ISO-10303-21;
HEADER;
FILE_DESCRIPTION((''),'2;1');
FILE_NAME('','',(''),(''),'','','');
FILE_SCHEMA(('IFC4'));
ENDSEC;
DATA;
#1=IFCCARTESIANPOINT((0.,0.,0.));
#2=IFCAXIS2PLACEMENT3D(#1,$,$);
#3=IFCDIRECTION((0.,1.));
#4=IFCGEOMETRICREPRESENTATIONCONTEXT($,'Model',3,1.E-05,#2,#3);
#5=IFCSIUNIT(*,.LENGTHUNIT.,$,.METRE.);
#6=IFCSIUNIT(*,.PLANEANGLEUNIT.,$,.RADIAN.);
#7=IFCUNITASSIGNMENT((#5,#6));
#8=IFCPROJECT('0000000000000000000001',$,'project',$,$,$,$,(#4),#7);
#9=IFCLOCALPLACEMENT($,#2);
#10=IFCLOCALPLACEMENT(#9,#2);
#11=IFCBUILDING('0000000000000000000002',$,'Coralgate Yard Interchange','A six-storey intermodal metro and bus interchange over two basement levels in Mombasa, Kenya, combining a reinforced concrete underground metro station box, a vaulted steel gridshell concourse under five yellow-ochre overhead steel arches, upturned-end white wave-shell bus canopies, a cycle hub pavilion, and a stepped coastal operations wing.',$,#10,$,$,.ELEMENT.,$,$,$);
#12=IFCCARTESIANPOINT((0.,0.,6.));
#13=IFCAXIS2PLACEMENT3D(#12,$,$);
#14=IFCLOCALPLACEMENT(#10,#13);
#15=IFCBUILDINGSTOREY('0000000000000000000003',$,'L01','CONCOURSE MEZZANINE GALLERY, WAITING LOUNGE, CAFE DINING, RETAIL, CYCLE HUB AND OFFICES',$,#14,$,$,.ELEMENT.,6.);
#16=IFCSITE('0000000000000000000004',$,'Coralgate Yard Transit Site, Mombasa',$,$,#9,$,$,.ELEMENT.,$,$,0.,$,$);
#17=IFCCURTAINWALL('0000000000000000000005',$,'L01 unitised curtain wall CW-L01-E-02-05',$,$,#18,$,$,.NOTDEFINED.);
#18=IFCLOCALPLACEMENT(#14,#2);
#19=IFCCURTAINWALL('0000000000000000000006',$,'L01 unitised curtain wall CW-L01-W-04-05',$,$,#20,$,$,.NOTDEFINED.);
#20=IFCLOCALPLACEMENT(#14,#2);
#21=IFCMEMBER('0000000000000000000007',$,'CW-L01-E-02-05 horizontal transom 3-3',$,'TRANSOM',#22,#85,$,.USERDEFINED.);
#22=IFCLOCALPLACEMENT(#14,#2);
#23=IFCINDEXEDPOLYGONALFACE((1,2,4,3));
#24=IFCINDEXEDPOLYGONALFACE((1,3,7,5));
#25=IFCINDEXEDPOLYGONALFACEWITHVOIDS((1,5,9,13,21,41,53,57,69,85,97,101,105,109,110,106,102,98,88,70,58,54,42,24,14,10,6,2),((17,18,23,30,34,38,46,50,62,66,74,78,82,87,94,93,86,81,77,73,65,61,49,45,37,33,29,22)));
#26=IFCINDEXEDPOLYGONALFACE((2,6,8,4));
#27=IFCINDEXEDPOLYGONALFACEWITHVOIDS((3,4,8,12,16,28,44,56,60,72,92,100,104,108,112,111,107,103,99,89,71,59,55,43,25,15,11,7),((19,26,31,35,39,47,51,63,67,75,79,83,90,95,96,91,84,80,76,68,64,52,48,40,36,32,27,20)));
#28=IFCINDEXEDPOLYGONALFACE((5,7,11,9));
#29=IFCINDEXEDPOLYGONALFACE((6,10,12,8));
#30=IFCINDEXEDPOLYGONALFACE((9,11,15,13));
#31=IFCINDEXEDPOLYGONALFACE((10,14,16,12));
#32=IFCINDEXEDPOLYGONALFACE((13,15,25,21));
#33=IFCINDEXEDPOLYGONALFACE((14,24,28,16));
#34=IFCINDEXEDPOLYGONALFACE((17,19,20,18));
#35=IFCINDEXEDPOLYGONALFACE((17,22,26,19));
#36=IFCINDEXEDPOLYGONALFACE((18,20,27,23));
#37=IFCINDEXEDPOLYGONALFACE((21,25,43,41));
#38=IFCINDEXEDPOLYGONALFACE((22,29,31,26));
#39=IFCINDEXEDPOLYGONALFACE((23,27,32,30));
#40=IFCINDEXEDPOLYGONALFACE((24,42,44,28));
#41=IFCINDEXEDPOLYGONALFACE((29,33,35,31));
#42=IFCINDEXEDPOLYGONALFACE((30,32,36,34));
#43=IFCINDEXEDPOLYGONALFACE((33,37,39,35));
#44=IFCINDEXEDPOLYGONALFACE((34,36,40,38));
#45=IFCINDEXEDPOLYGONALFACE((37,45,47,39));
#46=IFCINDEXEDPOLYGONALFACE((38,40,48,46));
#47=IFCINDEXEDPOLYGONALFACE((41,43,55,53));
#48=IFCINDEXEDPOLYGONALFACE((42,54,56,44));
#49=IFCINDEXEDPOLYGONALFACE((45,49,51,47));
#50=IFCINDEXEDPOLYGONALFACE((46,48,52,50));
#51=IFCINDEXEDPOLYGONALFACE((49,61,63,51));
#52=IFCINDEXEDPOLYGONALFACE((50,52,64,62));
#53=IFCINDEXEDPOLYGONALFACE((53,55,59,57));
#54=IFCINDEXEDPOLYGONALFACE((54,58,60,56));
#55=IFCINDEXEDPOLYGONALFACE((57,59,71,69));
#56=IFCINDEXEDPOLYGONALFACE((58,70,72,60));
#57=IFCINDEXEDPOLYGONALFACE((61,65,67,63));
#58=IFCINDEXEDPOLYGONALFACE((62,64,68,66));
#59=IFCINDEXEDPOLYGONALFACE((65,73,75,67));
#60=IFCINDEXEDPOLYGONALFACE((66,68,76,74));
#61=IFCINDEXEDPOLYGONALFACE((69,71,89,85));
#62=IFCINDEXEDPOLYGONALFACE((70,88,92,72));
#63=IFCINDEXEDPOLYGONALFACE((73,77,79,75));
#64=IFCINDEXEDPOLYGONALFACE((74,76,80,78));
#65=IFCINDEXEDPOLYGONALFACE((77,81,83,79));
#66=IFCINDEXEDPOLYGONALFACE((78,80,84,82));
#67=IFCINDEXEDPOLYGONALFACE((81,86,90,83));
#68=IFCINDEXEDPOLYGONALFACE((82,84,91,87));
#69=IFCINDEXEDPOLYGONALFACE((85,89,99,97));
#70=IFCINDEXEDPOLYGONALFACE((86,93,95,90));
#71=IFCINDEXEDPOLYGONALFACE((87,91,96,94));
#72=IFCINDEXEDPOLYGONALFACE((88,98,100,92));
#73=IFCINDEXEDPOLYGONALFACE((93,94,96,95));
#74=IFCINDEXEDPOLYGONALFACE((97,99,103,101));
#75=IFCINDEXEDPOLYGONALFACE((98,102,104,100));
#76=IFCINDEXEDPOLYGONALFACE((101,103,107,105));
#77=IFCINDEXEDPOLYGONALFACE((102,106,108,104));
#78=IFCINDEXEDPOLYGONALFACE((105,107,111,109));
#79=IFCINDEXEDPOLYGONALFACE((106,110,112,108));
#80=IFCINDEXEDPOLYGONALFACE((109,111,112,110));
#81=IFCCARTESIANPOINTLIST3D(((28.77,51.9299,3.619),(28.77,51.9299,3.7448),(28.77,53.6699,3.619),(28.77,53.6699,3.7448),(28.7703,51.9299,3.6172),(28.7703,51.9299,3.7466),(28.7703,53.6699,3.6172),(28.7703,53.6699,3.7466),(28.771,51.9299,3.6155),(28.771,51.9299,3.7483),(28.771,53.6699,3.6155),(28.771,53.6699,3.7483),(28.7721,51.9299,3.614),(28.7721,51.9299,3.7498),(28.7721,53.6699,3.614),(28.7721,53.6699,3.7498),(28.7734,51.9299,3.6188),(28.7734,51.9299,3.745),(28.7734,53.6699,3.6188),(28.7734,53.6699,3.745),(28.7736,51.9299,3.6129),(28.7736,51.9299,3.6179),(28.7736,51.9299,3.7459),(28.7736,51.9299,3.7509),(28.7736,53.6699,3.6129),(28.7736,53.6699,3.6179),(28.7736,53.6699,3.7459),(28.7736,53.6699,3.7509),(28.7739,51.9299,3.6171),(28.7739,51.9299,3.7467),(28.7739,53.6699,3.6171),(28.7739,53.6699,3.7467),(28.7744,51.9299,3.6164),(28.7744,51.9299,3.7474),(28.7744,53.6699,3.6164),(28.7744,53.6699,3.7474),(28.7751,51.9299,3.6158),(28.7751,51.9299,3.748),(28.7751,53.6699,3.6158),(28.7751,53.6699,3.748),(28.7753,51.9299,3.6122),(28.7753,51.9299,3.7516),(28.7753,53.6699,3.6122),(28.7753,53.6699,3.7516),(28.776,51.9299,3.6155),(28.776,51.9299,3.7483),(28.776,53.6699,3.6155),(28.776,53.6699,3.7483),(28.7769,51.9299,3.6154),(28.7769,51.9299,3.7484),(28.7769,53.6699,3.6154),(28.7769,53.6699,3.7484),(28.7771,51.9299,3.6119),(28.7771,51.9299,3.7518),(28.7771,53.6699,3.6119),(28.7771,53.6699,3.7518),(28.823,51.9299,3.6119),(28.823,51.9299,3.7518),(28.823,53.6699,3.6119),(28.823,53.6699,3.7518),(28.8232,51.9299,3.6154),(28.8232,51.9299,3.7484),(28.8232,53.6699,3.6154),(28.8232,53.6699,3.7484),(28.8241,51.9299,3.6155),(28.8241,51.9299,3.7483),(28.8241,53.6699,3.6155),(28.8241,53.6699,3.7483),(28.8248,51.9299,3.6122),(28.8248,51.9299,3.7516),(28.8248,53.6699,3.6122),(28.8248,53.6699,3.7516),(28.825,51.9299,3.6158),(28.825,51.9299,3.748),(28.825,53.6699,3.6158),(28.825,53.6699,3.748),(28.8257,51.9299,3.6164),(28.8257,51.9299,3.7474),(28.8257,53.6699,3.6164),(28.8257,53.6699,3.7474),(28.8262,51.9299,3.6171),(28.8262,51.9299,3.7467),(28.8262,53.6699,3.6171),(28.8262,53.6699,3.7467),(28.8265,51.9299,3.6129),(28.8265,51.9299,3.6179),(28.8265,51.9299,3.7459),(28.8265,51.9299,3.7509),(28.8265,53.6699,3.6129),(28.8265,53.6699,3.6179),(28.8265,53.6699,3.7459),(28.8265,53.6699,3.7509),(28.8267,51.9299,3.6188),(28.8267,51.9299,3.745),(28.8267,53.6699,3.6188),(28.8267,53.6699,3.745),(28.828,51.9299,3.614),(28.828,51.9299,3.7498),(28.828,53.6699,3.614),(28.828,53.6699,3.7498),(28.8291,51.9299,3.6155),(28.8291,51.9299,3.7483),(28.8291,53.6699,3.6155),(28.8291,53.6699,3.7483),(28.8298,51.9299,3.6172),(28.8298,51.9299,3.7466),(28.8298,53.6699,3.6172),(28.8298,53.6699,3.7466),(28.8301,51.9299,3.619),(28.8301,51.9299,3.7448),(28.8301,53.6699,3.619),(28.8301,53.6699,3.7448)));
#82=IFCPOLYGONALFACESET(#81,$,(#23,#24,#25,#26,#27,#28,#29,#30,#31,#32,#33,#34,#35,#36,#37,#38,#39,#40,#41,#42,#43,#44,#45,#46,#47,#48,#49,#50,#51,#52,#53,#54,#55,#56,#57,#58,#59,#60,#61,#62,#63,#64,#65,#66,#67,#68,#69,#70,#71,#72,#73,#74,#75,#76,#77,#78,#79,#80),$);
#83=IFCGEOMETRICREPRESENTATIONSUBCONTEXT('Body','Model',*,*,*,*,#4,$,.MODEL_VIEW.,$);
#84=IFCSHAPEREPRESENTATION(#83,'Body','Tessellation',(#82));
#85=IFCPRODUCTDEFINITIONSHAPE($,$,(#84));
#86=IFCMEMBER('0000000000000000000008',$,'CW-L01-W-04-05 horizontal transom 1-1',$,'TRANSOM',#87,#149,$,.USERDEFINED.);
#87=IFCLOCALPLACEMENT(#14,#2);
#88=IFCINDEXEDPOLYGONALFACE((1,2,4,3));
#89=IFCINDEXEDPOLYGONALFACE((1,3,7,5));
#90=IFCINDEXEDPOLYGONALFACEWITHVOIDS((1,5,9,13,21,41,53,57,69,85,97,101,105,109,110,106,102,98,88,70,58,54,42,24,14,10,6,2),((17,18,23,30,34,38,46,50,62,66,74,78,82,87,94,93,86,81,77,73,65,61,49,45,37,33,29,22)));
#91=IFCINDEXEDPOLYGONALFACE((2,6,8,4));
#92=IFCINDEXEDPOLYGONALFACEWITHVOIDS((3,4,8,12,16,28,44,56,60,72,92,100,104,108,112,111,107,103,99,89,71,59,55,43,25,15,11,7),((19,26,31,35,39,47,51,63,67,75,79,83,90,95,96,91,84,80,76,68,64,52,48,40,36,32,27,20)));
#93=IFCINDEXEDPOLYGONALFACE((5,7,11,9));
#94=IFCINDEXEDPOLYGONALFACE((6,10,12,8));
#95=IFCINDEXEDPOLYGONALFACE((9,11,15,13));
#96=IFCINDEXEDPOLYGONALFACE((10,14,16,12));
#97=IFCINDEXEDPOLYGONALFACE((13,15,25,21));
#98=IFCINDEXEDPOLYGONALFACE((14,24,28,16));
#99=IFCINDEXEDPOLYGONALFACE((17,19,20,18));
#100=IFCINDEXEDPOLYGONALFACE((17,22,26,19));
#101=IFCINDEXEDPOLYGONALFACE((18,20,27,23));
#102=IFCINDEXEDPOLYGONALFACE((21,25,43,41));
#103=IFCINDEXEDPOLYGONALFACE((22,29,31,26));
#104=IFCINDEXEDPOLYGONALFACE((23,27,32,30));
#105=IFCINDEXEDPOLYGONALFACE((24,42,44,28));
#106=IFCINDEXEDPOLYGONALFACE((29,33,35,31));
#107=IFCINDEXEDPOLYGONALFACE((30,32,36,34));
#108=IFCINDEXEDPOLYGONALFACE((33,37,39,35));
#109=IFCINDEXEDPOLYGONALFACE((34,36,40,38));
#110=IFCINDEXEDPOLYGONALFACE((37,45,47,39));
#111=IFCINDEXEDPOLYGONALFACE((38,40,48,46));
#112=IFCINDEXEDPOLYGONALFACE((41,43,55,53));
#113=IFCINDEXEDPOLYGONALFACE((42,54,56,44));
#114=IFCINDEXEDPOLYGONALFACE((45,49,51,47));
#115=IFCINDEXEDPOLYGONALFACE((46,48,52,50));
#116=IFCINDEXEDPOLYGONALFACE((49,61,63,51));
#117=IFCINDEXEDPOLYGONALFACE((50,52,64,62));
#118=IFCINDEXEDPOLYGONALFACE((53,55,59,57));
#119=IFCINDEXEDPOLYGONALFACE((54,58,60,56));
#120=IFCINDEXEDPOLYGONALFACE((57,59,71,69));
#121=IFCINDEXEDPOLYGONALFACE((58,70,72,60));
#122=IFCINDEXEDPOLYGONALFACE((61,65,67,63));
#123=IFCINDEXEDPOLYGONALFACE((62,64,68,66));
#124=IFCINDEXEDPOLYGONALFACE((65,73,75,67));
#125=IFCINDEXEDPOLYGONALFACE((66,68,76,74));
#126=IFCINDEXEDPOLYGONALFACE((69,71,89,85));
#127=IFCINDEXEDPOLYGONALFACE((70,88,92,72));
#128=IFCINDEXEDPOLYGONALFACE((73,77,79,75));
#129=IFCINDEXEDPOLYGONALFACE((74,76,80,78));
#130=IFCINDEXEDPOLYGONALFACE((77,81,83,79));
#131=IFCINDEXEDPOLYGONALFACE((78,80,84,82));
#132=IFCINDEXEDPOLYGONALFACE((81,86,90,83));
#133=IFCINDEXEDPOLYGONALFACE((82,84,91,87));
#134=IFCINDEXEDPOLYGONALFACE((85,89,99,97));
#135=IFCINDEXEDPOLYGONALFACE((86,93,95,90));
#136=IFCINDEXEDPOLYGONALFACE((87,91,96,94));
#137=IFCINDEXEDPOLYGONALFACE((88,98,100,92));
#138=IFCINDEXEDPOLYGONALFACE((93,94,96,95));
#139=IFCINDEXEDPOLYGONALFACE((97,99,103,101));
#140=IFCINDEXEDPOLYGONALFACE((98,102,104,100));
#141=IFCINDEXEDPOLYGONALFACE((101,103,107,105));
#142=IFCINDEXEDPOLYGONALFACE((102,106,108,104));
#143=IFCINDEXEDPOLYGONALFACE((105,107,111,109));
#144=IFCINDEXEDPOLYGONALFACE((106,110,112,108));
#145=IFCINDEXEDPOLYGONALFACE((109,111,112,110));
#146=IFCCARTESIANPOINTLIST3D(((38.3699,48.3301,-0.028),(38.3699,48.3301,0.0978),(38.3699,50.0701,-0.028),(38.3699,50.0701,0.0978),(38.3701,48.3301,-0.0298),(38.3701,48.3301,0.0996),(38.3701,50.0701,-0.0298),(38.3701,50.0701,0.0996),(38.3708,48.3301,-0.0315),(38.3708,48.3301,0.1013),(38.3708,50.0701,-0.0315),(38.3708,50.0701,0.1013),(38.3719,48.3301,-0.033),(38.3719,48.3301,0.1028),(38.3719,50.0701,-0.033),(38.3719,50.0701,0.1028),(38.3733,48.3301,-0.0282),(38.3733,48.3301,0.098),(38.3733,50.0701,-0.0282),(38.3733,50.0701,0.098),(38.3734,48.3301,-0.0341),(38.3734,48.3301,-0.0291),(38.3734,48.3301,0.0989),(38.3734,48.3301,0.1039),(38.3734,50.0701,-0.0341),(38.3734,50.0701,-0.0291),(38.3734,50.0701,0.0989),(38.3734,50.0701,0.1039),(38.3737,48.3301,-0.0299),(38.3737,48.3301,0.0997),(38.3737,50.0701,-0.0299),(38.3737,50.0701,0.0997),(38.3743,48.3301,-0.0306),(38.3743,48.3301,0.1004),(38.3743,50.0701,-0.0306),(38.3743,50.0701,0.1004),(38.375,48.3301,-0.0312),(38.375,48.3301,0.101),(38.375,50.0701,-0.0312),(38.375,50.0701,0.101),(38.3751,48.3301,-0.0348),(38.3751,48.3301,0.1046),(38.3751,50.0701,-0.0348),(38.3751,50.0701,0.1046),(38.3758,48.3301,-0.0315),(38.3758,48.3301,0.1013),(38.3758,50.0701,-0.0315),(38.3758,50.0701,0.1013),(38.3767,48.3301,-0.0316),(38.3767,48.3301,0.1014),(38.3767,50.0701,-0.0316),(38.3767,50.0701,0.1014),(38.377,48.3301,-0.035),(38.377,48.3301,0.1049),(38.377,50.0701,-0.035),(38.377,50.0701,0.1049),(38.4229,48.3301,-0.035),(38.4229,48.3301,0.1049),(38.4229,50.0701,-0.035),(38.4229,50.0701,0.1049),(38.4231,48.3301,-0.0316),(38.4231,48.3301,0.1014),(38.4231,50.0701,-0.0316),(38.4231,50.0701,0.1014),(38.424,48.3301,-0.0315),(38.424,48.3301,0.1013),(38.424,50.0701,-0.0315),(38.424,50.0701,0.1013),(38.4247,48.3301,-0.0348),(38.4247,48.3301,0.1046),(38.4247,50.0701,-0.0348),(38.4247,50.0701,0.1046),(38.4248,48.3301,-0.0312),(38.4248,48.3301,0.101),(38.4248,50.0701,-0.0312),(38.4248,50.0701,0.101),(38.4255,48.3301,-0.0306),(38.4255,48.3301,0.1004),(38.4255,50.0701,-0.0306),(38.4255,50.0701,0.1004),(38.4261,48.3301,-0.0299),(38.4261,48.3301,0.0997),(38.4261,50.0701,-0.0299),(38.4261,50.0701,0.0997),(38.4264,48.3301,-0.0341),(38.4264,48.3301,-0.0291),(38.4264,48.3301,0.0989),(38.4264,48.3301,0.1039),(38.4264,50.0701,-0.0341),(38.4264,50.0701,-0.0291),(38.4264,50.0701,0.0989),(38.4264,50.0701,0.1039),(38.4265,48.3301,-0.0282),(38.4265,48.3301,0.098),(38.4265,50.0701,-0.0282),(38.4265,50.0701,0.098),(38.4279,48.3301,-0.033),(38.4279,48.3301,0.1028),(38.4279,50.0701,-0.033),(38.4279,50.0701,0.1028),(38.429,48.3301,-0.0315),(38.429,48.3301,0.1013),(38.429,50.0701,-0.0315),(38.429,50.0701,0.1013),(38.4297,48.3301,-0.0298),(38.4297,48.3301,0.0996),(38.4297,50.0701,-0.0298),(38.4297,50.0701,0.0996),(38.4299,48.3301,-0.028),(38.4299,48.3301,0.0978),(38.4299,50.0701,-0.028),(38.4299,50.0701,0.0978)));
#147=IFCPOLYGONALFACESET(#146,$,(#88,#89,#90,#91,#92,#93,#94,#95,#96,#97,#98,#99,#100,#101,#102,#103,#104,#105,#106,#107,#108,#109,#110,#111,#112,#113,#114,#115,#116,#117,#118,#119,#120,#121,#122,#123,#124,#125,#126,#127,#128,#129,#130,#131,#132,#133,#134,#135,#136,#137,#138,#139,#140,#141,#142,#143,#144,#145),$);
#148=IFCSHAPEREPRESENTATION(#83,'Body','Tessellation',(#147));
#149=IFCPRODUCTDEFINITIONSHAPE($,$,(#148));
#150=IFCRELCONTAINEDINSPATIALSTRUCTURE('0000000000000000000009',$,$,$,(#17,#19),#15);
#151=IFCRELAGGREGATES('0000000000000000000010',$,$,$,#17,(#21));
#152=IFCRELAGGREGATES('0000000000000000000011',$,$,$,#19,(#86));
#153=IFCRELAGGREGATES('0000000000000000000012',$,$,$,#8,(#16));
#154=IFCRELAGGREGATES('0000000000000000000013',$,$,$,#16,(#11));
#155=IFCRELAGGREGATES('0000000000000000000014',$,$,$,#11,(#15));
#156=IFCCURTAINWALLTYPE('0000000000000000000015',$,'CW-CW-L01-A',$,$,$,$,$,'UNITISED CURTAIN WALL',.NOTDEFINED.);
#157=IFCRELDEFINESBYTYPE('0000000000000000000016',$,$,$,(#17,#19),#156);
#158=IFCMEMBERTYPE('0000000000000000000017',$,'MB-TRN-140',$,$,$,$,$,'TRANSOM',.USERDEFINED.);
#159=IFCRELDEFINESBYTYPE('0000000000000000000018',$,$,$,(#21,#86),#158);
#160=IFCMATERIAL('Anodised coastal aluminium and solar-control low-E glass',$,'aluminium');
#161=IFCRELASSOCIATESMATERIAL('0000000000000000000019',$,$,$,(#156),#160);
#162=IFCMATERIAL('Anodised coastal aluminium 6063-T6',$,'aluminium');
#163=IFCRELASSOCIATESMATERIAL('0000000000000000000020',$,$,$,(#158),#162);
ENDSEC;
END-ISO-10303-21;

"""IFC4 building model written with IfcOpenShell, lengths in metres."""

from ifc_helpers import new_model, si_unit, direction, frame, origin, origin_2d, place, context, subcontext, project, spatial, hollow_rectangle, extrude, material, material_profile, profile_set, type_object, element, aggregate, save


model = new_model("IFC4")

# Units and contexts
model_context = context("Model", 3, precision=1e-05, world=origin(), true_north=direction((0.0, 1.0)))
body_context = subcontext(model_context, "Body", "Model", "MODEL_VIEW")
ifc_project = project(units=[si_unit("LENGTHUNIT", "METRE"), si_unit("PLANEANGLEUNIT", "RADIAN")], contexts=[model_context])

# Site, building, storey
site_placement = place(None, origin())
site = spatial("IfcSite", under=ifc_project, at=site_placement, Name="Coralgate Yard Transit Site, Mombasa", CompositionType="ELEMENT", RefElevation=0.0)
building_placement = place(site_placement, origin())
building = spatial("IfcBuilding", under=site, at=building_placement, Name="Coralgate Yard Interchange", Description="A six-storey intermodal metro and bus interchange over two basement levels in Mombasa, Kenya, combining a reinforced concrete underground metro station box, a vaulted steel gridshell concourse under five yellow-ochre overhead steel arches, upturned-end white wave-shell bus canopies, a cycle hub pavilion, and a stepped coastal operations wing.", CompositionType="ELEMENT")
storey_placement = place(building_placement, frame((0.0, 0.0, 6.0)))
storey = spatial("IfcBuildingStorey", under=building, at=storey_placement, Name="L01", Description="CONCOURSE MEZZANINE GALLERY, WAITING LOUNGE, CAFE DINING, RETAIL, CYCLE HUB AND OFFICES", CompositionType="ELEMENT", Elevation=6.0)

# Curtain walls
ifc_material_1 = material(Name="Anodised coastal aluminium and solar-control low-E glass", Category="aluminium")
curtain_wall_type = type_object("IfcCurtainWallType", Name="CW-CW-L01-A", ElementType="UNITISED CURTAIN WALL", PredefinedType="NOTDEFINED", material=ifc_material_1)
curtain_wall_1_placement = place(storey_placement, origin())
curtain_wall_1 = element("IfcCurtainWall", 1, at=curtain_wall_1_placement, inside=storey, type_object=curtain_wall_type, Name="L01 unitised curtain wall CW-L01-E-02-05", PredefinedType="NOTDEFINED")
ifc_material_2 = material(Name="Anodised coastal aluminium 6063-T6", Category="aluminium")
curtain_wall_2_placement = place(storey_placement, origin())
curtain_wall_2 = element("IfcCurtainWall", 2, at=curtain_wall_2_placement, inside=storey, type_object=curtain_wall_type, Name="L01 unitised curtain wall CW-L01-W-04-05", PredefinedType="NOTDEFINED")

# Members
ifc_material_profile_1 = material_profile(ifc_material_2, hollow_rectangle(XDim=0.0601, YDim=0.1399, WallThickness=0.0034, InnerFilletRadius=0.0034, OuterFilletRadius=0.0071, at=origin_2d()), Name="ALU 60x140x3.5")
ifc_profile_set_1 = profile_set([ifc_material_profile_1], Name="Anodised coastal aluminium 6063-T6")
member_type_1 = type_object("IfcMemberType", Name="MB-TRN-140", ElementType="TRANSOM", PredefinedType="USERDEFINED", material=ifc_profile_set_1)
member_1_placement = place(storey_placement, frame((28.8, 53.6699, 3.6819), z_axis=(0.0, -1.0, 0.0), x_axis=(1.0, 0.0, 0.0)))
member_1 = element("IfcMember", 3, at=member_1_placement, type_object=member_type_1, Name="CW-L01-E-02-05 horizontal transom 3-3", ObjectType="TRANSOM", PredefinedType="USERDEFINED", context=body_context, shape_type="SweptSolid", body=[
    extrude(hollow_rectangle(XDim=0.0601, YDim=0.1399, WallThickness=0.0034, InnerFilletRadius=0.0034, OuterFilletRadius=0.0071, at=origin_2d()), origin(), (0.0, 0.0, 1.0), 1.74),
])
member_2_placement = place(storey_placement, frame((38.3999, 48.3301, 0.0349), z_axis=(0.0, 1.0, 0.0), x_axis=(-1.0, 0.0, 0.0)))
member_2 = element("IfcMember", 4, at=member_2_placement, type_object=member_type_1, Name="CW-L01-W-04-05 horizontal transom 1-1", ObjectType="TRANSOM", PredefinedType="USERDEFINED", context=body_context, shape_type="SweptSolid", body=[
    extrude(hollow_rectangle(XDim=0.0601, YDim=0.1399, WallThickness=0.0034, InnerFilletRadius=0.0034, OuterFilletRadius=0.0071, at=origin_2d()), origin(), (0.0, 0.0, 1.0), 1.74),
])

aggregate(curtain_wall_1, [member_1])
aggregate(curtain_wall_2, [member_2])

save(model, "model.ifc")
